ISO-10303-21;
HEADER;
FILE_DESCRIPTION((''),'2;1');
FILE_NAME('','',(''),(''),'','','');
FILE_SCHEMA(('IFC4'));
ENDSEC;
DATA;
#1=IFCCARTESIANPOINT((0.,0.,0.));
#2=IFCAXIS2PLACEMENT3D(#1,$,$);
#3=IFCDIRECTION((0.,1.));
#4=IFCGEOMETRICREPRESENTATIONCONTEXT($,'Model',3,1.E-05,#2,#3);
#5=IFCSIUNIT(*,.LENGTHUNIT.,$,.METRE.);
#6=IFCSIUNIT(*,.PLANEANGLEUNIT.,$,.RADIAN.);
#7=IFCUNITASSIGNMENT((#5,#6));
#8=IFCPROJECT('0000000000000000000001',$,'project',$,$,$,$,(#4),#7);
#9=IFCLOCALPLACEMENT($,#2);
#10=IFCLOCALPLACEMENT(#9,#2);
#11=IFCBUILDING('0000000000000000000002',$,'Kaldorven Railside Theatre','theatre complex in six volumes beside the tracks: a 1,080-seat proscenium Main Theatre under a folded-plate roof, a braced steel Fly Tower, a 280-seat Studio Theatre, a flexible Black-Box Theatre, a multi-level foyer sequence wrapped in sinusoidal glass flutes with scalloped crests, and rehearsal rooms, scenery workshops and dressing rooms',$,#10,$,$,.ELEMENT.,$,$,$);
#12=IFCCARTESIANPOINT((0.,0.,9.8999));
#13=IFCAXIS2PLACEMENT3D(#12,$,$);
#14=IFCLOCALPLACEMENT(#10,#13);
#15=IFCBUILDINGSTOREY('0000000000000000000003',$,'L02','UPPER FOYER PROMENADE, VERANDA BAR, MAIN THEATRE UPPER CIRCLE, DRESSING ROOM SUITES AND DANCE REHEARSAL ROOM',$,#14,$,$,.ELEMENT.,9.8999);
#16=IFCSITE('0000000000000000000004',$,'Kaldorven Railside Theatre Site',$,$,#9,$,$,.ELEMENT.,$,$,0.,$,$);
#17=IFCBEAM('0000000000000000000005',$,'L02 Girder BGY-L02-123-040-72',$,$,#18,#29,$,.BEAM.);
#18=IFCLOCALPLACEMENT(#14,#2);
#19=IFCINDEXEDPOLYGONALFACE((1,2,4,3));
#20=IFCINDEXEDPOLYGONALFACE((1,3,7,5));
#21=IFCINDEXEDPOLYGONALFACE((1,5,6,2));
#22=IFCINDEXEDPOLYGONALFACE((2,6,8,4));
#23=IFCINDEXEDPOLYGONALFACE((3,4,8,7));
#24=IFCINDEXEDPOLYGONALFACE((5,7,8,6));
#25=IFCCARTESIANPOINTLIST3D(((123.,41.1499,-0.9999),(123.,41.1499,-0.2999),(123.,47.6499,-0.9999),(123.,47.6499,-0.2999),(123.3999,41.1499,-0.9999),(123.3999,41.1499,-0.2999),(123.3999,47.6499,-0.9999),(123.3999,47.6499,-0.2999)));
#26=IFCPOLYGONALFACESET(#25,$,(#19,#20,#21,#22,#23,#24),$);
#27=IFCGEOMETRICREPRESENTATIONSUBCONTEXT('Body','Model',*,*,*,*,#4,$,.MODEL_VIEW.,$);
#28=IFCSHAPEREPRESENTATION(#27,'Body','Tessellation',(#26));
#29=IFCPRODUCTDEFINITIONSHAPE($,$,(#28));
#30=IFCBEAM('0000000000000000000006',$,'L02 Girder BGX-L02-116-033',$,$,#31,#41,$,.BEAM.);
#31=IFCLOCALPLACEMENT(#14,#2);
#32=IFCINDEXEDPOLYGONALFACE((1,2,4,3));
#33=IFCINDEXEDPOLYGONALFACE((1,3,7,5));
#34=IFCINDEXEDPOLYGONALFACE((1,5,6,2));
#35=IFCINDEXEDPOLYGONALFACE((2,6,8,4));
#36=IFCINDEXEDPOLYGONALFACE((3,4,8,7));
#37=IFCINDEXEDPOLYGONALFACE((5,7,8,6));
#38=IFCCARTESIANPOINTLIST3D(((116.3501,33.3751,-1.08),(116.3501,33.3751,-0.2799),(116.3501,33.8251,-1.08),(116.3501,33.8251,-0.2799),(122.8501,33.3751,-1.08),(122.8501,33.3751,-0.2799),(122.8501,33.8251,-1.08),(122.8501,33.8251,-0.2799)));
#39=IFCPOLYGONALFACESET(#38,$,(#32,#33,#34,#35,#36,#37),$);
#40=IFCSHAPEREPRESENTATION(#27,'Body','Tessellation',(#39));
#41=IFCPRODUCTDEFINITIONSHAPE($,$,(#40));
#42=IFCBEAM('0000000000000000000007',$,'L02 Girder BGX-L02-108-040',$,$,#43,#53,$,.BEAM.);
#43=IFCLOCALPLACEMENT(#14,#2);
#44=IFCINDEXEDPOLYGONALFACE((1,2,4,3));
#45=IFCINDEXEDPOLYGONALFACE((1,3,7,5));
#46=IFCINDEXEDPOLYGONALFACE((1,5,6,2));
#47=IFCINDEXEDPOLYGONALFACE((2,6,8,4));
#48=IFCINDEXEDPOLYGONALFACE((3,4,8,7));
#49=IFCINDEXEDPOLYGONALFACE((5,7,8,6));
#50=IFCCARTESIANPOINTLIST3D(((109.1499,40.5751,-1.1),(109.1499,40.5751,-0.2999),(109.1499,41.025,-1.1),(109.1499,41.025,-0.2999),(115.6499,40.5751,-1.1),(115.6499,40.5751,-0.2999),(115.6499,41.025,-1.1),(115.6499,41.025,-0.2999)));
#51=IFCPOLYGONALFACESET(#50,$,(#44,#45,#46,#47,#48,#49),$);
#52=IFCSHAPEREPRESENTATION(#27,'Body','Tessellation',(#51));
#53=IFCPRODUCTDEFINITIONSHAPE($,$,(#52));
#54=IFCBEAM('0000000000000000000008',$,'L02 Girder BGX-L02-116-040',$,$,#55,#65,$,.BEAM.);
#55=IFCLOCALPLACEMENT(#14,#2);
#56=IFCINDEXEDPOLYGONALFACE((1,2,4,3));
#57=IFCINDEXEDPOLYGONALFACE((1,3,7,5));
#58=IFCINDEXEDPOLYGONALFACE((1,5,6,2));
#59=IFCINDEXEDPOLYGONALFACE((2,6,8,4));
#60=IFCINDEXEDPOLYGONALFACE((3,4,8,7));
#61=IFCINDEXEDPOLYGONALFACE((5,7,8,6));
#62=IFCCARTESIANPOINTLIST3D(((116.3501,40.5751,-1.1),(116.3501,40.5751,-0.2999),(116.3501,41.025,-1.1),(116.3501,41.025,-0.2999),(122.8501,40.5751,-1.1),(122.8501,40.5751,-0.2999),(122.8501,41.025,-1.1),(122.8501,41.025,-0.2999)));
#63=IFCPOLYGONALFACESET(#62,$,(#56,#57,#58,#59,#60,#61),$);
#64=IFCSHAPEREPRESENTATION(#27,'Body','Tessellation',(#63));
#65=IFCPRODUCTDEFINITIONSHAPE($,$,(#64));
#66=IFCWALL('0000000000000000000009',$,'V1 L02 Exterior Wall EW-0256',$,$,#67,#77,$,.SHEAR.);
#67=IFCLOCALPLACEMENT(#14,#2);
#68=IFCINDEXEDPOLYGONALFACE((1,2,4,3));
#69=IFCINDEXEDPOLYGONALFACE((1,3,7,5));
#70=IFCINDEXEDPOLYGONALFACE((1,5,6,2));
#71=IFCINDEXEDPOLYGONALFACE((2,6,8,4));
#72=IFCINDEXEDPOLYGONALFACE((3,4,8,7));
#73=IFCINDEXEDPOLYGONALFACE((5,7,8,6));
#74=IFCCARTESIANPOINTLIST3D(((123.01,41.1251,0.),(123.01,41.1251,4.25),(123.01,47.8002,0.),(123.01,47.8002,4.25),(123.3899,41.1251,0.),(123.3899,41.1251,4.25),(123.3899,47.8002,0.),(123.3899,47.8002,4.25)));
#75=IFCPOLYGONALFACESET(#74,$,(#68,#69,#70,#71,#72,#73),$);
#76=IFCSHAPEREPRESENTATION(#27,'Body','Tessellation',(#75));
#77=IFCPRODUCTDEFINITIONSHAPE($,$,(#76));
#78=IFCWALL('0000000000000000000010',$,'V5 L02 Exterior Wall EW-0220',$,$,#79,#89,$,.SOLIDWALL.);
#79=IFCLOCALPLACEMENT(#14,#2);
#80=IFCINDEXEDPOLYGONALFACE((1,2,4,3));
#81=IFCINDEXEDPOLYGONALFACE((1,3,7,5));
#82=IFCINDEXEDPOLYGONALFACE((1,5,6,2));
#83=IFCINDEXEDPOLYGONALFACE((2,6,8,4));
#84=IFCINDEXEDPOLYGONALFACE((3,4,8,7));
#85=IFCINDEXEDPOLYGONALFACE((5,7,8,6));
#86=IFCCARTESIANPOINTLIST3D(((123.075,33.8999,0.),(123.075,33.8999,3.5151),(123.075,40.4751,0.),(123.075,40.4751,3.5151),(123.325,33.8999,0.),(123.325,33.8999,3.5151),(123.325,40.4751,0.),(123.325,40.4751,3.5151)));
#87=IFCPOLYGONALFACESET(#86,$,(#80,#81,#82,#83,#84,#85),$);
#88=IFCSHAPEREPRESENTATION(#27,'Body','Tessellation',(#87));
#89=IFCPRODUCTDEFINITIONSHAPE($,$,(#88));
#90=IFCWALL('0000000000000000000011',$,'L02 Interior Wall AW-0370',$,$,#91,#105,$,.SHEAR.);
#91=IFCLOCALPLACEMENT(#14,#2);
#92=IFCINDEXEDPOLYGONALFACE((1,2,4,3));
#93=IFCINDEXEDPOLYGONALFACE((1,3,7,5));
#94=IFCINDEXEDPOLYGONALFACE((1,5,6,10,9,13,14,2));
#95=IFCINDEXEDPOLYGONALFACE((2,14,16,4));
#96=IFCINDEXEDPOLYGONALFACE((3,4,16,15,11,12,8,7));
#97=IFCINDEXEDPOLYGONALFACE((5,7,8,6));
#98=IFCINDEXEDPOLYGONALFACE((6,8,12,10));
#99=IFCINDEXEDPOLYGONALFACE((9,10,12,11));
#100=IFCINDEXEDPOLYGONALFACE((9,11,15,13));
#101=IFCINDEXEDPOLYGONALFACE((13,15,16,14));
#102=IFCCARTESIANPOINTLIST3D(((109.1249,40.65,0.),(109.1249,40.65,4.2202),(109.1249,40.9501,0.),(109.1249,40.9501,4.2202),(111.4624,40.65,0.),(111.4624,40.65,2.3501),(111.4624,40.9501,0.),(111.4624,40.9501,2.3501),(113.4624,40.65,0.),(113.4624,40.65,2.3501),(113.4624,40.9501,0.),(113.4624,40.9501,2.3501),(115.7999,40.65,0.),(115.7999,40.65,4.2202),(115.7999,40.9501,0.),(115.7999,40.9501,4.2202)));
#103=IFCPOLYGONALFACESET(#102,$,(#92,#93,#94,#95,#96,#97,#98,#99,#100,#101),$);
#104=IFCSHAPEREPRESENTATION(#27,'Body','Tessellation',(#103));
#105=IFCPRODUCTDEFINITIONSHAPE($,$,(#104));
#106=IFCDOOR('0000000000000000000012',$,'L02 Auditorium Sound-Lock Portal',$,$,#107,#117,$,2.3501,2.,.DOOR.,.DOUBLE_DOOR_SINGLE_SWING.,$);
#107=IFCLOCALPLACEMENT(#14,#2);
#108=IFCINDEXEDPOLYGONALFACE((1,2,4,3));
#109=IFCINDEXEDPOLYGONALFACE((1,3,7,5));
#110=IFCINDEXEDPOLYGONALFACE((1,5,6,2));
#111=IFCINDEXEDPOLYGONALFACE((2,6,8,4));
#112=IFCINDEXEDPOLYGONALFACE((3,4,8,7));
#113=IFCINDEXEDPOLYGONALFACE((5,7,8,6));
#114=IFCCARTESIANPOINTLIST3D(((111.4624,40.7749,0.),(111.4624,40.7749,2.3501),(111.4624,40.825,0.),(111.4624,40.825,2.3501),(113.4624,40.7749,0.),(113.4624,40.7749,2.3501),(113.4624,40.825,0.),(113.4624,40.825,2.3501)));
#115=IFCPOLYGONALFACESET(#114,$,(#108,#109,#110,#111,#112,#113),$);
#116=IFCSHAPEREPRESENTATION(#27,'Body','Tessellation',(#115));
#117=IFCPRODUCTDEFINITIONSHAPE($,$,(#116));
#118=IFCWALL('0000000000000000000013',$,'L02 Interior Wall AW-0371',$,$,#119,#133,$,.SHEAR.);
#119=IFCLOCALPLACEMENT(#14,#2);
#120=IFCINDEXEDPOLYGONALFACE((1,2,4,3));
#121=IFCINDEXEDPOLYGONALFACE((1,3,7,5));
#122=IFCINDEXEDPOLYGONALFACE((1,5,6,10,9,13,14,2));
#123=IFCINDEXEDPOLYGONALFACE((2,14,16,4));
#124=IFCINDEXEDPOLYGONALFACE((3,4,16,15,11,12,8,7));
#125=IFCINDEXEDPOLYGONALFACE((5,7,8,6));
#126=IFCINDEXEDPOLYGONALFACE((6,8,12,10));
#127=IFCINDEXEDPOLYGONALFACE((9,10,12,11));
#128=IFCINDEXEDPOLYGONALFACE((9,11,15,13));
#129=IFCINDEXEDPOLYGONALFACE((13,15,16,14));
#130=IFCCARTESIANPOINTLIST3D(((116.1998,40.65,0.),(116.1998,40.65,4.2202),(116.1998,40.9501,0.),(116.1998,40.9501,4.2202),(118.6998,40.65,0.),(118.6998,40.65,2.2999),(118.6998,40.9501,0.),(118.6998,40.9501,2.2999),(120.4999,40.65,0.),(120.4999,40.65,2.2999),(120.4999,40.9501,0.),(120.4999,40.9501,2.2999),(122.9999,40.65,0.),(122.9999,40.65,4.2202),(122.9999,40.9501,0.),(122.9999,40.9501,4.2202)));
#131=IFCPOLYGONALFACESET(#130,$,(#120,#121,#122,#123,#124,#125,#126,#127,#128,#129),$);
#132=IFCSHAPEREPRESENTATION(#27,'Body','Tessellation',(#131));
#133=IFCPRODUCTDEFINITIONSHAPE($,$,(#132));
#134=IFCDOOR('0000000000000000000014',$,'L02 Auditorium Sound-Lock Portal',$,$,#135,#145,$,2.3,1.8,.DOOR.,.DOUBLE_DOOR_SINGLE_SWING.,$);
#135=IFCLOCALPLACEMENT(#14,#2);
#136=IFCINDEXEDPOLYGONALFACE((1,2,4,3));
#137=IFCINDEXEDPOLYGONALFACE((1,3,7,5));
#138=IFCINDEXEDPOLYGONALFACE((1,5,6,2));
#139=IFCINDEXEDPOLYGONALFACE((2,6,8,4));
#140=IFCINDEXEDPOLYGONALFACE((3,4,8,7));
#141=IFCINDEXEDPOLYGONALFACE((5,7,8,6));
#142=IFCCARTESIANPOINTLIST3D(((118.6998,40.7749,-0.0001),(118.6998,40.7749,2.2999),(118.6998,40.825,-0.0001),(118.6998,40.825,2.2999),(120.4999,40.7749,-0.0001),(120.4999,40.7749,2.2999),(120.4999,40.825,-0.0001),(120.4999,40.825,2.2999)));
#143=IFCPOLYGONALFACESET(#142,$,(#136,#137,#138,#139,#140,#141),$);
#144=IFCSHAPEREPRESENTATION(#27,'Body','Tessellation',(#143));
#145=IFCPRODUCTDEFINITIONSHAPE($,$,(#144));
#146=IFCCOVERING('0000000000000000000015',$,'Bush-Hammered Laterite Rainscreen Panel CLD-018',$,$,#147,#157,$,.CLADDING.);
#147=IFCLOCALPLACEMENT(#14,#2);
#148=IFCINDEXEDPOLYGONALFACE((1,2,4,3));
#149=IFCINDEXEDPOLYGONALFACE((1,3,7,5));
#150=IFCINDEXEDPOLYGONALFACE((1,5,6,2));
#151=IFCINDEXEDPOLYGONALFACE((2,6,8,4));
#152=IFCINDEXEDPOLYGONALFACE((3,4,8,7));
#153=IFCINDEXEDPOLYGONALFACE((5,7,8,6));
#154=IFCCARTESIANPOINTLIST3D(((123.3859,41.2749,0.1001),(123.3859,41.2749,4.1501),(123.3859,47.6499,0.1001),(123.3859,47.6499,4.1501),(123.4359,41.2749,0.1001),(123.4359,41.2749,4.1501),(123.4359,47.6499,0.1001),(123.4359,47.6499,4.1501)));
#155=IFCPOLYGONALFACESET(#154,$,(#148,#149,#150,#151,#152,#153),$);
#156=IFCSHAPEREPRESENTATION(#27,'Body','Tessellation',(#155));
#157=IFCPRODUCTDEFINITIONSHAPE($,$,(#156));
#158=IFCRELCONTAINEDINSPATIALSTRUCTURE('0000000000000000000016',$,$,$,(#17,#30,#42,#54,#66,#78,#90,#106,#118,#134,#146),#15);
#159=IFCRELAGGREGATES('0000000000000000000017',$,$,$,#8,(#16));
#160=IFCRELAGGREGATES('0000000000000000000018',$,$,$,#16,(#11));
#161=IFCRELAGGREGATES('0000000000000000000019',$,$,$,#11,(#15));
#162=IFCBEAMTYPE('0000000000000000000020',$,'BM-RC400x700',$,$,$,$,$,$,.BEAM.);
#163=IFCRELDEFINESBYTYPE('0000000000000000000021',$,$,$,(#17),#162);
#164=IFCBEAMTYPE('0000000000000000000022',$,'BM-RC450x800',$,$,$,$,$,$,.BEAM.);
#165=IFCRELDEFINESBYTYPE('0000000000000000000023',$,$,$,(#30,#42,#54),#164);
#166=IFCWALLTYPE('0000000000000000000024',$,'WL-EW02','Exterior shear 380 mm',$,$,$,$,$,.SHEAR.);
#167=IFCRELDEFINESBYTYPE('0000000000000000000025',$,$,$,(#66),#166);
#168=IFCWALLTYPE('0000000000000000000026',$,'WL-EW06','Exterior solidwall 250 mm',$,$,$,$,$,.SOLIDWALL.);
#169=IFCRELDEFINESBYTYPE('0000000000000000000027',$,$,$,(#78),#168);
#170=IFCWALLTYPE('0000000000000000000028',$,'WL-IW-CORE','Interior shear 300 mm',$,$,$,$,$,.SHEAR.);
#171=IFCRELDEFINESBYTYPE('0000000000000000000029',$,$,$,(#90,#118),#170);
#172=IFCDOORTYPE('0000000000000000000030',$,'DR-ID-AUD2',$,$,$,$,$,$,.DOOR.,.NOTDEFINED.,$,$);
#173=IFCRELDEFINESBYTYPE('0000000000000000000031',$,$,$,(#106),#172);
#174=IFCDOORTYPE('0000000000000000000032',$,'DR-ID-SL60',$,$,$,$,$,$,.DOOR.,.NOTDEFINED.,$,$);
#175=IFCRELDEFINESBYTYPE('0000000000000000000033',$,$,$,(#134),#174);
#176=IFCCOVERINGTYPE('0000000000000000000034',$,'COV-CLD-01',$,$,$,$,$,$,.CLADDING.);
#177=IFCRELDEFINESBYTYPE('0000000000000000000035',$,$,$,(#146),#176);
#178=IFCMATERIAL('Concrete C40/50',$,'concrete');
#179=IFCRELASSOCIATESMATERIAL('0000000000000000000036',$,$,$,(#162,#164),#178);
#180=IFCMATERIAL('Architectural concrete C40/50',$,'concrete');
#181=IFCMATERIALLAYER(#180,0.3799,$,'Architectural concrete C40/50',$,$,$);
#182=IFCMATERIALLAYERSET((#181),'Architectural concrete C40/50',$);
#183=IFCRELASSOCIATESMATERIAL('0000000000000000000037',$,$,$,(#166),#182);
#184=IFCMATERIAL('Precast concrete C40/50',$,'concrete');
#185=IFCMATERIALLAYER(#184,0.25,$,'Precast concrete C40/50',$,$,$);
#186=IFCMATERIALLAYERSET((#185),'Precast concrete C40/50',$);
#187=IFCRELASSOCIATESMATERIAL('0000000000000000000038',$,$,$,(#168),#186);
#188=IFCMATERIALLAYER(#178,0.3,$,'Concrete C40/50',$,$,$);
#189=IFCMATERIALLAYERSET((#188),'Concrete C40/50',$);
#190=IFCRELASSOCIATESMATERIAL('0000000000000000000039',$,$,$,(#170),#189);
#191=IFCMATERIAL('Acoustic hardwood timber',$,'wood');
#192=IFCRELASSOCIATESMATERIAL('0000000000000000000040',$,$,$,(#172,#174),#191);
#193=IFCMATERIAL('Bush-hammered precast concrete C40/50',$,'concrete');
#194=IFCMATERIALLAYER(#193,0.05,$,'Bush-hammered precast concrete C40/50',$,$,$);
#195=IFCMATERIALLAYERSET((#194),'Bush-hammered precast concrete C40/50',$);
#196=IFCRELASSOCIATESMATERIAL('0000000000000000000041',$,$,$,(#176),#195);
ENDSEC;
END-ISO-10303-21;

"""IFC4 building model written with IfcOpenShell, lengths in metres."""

from ifc_helpers import new_model, si_unit, direction, frame, frame_2d, origin, origin_2d, place, context, subcontext, project, spatial, rectangle, extrude, material, layer, layer_set, material_profile, profile_set, type_object, element, fill, save


model = new_model("IFC4")

# Units and contexts
model_context = context("Model", 3, precision=1e-05, world=origin(), true_north=direction((0.0, 1.0)))
body_context = subcontext(model_context, "Body", "Model", "MODEL_VIEW")
ifc_project = project(units=[si_unit("LENGTHUNIT", "METRE"), si_unit("PLANEANGLEUNIT", "RADIAN")], contexts=[model_context])

# Site, building, storey
site_placement = place(None, origin())
site = spatial("IfcSite", under=ifc_project, at=site_placement, Name="Kaldorven Railside Theatre Site", CompositionType="ELEMENT", RefElevation=0.0)
building_placement = place(site_placement, origin())
building = spatial("IfcBuilding", under=site, at=building_placement, Name="Kaldorven Railside Theatre", Description="theatre complex in six volumes beside the tracks: a 1,080-seat proscenium Main Theatre under a folded-plate roof, a braced steel Fly Tower, a 280-seat Studio Theatre, a flexible Black-Box Theatre, a multi-level foyer sequence wrapped in sinusoidal glass flutes with scalloped crests, and rehearsal rooms, scenery workshops and dressing rooms", CompositionType="ELEMENT")
storey_placement = place(building_placement, frame((0.0, 0.0, 9.8999)))
storey = spatial("IfcBuildingStorey", under=building, at=storey_placement, Name="L02", Description="UPPER FOYER PROMENADE, VERANDA BAR, MAIN THEATRE UPPER CIRCLE, DRESSING ROOM SUITES AND DANCE REHEARSAL ROOM", CompositionType="ELEMENT", Elevation=9.8999)

# Shared definitions
ifc_material_1 = material(Name="Architectural concrete C40/50", Category="concrete")
ifc_material_2 = material(Name="Concrete C40/50", Category="concrete")

# Beams
ifc_material_profile_1 = material_profile(ifc_material_2, rectangle(XDim=0.3999, YDim=0.7, at=origin_2d()), Name="RC 400x700")
ifc_profile_set_1 = profile_set([ifc_material_profile_1], Name="Concrete C40/50")
beam_type_1 = type_object("IfcBeamType", Name="BM-RC400x700", PredefinedType="BEAM", material=ifc_profile_set_1)
for number, where, z_axis, x_axis, name in (
    (1, (123.2, 41.1499, -0.6499), (0.0, 1.0, 0.0), (-1.0, 0.0, 0.0), "L02 Girder BGY-L02-123-040-72"),
):
    element("IfcBeam", number, at=place(storey_placement, frame(where, z_axis=z_axis, x_axis=x_axis)), inside=storey, type_object=beam_type_1, Name=name, PredefinedType="BEAM", context=body_context, shape_type="SweptSolid", body=[
        extrude(rectangle(XDim=0.3999, YDim=0.7, at=origin_2d()), origin(), (0.0, 0.0, 1.0), 6.5),
    ])
ifc_material_profile_2 = material_profile(ifc_material_2, rectangle(XDim=0.45, YDim=0.8, at=origin_2d()), Name="RC 450x800")
ifc_profile_set_2 = profile_set([ifc_material_profile_2], Name="Concrete C40/50")
beam_type_2 = type_object("IfcBeamType", Name="BM-RC450x800", PredefinedType="BEAM", material=ifc_profile_set_2)
for number, where, z_axis, x_axis, name in (
    (2, (116.3501, 33.6001, -0.6799), (1.0, 0.0, 0.0), (0.0, 1.0, 0.0), "L02 Girder BGX-L02-116-033"),
    (3, (109.1499, 40.8, -0.7), (1.0, 0.0, 0.0), (0.0, 1.0, 0.0), "L02 Girder BGX-L02-108-040"),
    (4, (116.3501, 40.8, -0.7), (1.0, 0.0, 0.0), (0.0, 1.0, 0.0), "L02 Girder BGX-L02-116-040"),
):
    element("IfcBeam", number, at=place(storey_placement, frame(where, z_axis=z_axis, x_axis=x_axis)), inside=storey, type_object=beam_type_2, Name=name, PredefinedType="BEAM", context=body_context, shape_type="SweptSolid", body=[
        extrude(rectangle(XDim=0.45, YDim=0.8, at=origin_2d()), origin(), (0.0, 0.0, 1.0), 6.5),
    ])

# Walls
ifc_layer_1 = layer(ifc_material_1, 0.3799, Name="Architectural concrete C40/50")
ifc_layer_set_1 = layer_set([ifc_layer_1], Name="Architectural concrete C40/50")
wall_type_1 = type_object("IfcWallType", Name="WL-EW02", Description="Exterior shear 380 mm", PredefinedType="SHEAR", material=ifc_layer_set_1)
wall_1_placement = place(storey_placement, frame((123.2, 47.8, 0.0), z_axis=(0.0, 0.0, 1.0), x_axis=(0.0, -1.0, 0.0)))
element("IfcWall", 5, at=wall_1_placement, inside=storey, type_object=wall_type_1, Name="V1 L02 Exterior Wall EW-0256", PredefinedType="SHEAR", context=body_context, shape_type="SweptSolid", body=[
    extrude(rectangle(XDim=6.675, YDim=0.3799, at=frame_2d((3.3374, 0.0))), origin(), (0.0, 0.0, 1.0), 4.25),
])
ifc_material_3 = material(Name="Precast concrete C40/50", Category="concrete")
ifc_layer_2 = layer(ifc_material_3, 0.25, Name="Precast concrete C40/50")
ifc_layer_set_2 = layer_set([ifc_layer_2], Name="Precast concrete C40/50")
wall_type_2 = type_object("IfcWallType", Name="WL-EW06", Description="Exterior solidwall 250 mm", PredefinedType="SOLIDWALL", material=ifc_layer_set_2)
wall_2_placement = place(storey_placement, frame((123.2, 40.4751, 0.0), z_axis=(0.0, 0.0, 1.0), x_axis=(0.0, -1.0, 0.0)))
element("IfcWall", 6, at=wall_2_placement, inside=storey, type_object=wall_type_2, Name="V5 L02 Exterior Wall EW-0220", PredefinedType="SOLIDWALL", context=body_context, shape_type="SweptSolid", body=[
    extrude(rectangle(XDim=6.5752, YDim=0.25, at=frame_2d((3.2876, 0.0))), origin(), (0.0, 0.0, 1.0), 3.5151),
])

# Walls, openings, doors
ifc_layer_3 = layer(ifc_material_2, 0.3, Name="Concrete C40/50")
ifc_layer_set_3 = layer_set([ifc_layer_3], Name="Concrete C40/50")
wall_type_3 = type_object("IfcWallType", Name="WL-IW-CORE", Description="Interior shear 300 mm", PredefinedType="SHEAR", material=ifc_layer_set_3)
wall_3_placement = place(storey_placement, frame((109.125, 40.8, 0.0), z_axis=(0.0, 0.0, 1.0), x_axis=(1.0, 0.0, 0.0)))
wall_3 = element("IfcWall", 7, at=wall_3_placement, inside=storey, type_object=wall_type_3, Name="L02 Interior Wall AW-0370", PredefinedType="SHEAR", context=body_context, shape_type="SweptSolid", body=[
    extrude(rectangle(XDim=6.675, YDim=0.3, at=frame_2d((3.3374, 0.0))), origin(), (0.0, 0.0, 1.0), 4.2202),
])
opening_1_placement = place(wall_3_placement, frame((2.3374, 0.0, 0.0)))
opening_1 = element("IfcOpeningElement", 8, at=opening_1_placement, cuts=wall_3, PredefinedType="OPENING", context=body_context, shape_type="SweptSolid", body=[
    extrude(rectangle(XDim=2.0, YDim=2.3501, at=frame_2d((1.0, 1.175))), frame((0.0, 0.1602, 0.0), z_axis=(0.0, -1.0, 0.0), x_axis=(1.0, 0.0, 0.0)), (0.0, 0.0, 1.0), 0.3201),
])
ifc_material_4 = material(Name="Acoustic hardwood timber", Category="wood")
door_type_1 = type_object("IfcDoorType", Name="DR-ID-AUD2", OperationType="NOTDEFINED", PredefinedType="DOOR", material=ifc_material_4)
door_1_placement = place(opening_1_placement, origin())
door_1 = element("IfcDoor", 9, at=door_1_placement, inside=storey, type_object=door_type_1, Name="L02 Auditorium Sound-Lock Portal", OperationType="DOUBLE_DOOR_SINGLE_SWING", OverallHeight=2.3501, OverallWidth=2.0, PredefinedType="DOOR", context=body_context, shape_type="SweptSolid", body=[
    extrude(rectangle(XDim=2.0, YDim=2.3501, at=frame_2d((1.0, 1.175))), frame((0.0, 0.0249, 0.0), z_axis=(0.0, -1.0, 0.0), x_axis=(1.0, 0.0, 0.0)), (0.0, 0.0, 1.0), 0.05),
])
fill(opening_1, door_1)
wall_4_placement = place(storey_placement, frame((116.2, 40.8, 0.0), z_axis=(0.0, 0.0, 1.0), x_axis=(1.0, 0.0, 0.0)))
wall_4 = element("IfcWall", 10, at=wall_4_placement, inside=storey, type_object=wall_type_3, Name="L02 Interior Wall AW-0371", PredefinedType="SHEAR", context=body_context, shape_type="SweptSolid", body=[
    extrude(rectangle(XDim=6.8, YDim=0.3, at=frame_2d((3.3999, 0.0))), origin(), (0.0, 0.0, 1.0), 4.2202),
])
opening_2_placement = place(wall_4_placement, frame((2.5, 0.0, 0.0)))
opening_2 = element("IfcOpeningElement", 11, at=opening_2_placement, cuts=wall_4, PredefinedType="OPENING", context=body_context, shape_type="SweptSolid", body=[
    extrude(rectangle(XDim=1.8, YDim=2.3, at=frame_2d((0.8999, 1.1499))), frame((0.0, 0.1602, 0.0), z_axis=(0.0, -1.0, 0.0), x_axis=(1.0, 0.0, 0.0)), (0.0, 0.0, 1.0), 0.3201),
])
door_type_2 = type_object("IfcDoorType", Name="DR-ID-SL60", OperationType="NOTDEFINED", PredefinedType="DOOR", material=ifc_material_4)
door_2_placement = place(opening_2_placement, origin())
door_2 = element("IfcDoor", 12, at=door_2_placement, inside=storey, type_object=door_type_2, Name="L02 Auditorium Sound-Lock Portal", OperationType="DOUBLE_DOOR_SINGLE_SWING", OverallHeight=2.3, OverallWidth=1.8, PredefinedType="DOOR", context=body_context, shape_type="SweptSolid", body=[
    extrude(rectangle(XDim=1.8, YDim=2.3, at=frame_2d((0.8999, 1.1499))), frame((0.0, 0.0249, 0.0), z_axis=(0.0, -1.0, 0.0), x_axis=(1.0, 0.0, 0.0)), (0.0, 0.0, 1.0), 0.05),
])
fill(opening_2, door_2)

# Covering
ifc_material_5 = material(Name="Bush-hammered precast concrete C40/50", Category="concrete")
ifc_layer_4 = layer(ifc_material_5, 0.05, Name="Bush-hammered precast concrete C40/50")
ifc_layer_set_4 = layer_set([ifc_layer_4], Name="Bush-hammered precast concrete C40/50")
covering_type = type_object("IfcCoveringType", Name="COV-CLD-01", PredefinedType="CLADDING", material=ifc_layer_set_4)
covering_placement = place(storey_placement, frame((123.4109, 44.4624, 0.1001), z_axis=(0.0, 0.0, 1.0), x_axis=(0.0, -1.0, 0.0)))
element("IfcCovering", 13, at=covering_placement, inside=storey, type_object=covering_type, Name="Bush-Hammered Laterite Rainscreen Panel CLD-018", PredefinedType="CLADDING", context=body_context, shape_type="SweptSolid", body=[
    extrude(rectangle(XDim=6.375, YDim=0.05, at=origin_2d()), origin(), (0.0, 0.0, 1.0), 4.05),
])

save(model, "model.ifc")
